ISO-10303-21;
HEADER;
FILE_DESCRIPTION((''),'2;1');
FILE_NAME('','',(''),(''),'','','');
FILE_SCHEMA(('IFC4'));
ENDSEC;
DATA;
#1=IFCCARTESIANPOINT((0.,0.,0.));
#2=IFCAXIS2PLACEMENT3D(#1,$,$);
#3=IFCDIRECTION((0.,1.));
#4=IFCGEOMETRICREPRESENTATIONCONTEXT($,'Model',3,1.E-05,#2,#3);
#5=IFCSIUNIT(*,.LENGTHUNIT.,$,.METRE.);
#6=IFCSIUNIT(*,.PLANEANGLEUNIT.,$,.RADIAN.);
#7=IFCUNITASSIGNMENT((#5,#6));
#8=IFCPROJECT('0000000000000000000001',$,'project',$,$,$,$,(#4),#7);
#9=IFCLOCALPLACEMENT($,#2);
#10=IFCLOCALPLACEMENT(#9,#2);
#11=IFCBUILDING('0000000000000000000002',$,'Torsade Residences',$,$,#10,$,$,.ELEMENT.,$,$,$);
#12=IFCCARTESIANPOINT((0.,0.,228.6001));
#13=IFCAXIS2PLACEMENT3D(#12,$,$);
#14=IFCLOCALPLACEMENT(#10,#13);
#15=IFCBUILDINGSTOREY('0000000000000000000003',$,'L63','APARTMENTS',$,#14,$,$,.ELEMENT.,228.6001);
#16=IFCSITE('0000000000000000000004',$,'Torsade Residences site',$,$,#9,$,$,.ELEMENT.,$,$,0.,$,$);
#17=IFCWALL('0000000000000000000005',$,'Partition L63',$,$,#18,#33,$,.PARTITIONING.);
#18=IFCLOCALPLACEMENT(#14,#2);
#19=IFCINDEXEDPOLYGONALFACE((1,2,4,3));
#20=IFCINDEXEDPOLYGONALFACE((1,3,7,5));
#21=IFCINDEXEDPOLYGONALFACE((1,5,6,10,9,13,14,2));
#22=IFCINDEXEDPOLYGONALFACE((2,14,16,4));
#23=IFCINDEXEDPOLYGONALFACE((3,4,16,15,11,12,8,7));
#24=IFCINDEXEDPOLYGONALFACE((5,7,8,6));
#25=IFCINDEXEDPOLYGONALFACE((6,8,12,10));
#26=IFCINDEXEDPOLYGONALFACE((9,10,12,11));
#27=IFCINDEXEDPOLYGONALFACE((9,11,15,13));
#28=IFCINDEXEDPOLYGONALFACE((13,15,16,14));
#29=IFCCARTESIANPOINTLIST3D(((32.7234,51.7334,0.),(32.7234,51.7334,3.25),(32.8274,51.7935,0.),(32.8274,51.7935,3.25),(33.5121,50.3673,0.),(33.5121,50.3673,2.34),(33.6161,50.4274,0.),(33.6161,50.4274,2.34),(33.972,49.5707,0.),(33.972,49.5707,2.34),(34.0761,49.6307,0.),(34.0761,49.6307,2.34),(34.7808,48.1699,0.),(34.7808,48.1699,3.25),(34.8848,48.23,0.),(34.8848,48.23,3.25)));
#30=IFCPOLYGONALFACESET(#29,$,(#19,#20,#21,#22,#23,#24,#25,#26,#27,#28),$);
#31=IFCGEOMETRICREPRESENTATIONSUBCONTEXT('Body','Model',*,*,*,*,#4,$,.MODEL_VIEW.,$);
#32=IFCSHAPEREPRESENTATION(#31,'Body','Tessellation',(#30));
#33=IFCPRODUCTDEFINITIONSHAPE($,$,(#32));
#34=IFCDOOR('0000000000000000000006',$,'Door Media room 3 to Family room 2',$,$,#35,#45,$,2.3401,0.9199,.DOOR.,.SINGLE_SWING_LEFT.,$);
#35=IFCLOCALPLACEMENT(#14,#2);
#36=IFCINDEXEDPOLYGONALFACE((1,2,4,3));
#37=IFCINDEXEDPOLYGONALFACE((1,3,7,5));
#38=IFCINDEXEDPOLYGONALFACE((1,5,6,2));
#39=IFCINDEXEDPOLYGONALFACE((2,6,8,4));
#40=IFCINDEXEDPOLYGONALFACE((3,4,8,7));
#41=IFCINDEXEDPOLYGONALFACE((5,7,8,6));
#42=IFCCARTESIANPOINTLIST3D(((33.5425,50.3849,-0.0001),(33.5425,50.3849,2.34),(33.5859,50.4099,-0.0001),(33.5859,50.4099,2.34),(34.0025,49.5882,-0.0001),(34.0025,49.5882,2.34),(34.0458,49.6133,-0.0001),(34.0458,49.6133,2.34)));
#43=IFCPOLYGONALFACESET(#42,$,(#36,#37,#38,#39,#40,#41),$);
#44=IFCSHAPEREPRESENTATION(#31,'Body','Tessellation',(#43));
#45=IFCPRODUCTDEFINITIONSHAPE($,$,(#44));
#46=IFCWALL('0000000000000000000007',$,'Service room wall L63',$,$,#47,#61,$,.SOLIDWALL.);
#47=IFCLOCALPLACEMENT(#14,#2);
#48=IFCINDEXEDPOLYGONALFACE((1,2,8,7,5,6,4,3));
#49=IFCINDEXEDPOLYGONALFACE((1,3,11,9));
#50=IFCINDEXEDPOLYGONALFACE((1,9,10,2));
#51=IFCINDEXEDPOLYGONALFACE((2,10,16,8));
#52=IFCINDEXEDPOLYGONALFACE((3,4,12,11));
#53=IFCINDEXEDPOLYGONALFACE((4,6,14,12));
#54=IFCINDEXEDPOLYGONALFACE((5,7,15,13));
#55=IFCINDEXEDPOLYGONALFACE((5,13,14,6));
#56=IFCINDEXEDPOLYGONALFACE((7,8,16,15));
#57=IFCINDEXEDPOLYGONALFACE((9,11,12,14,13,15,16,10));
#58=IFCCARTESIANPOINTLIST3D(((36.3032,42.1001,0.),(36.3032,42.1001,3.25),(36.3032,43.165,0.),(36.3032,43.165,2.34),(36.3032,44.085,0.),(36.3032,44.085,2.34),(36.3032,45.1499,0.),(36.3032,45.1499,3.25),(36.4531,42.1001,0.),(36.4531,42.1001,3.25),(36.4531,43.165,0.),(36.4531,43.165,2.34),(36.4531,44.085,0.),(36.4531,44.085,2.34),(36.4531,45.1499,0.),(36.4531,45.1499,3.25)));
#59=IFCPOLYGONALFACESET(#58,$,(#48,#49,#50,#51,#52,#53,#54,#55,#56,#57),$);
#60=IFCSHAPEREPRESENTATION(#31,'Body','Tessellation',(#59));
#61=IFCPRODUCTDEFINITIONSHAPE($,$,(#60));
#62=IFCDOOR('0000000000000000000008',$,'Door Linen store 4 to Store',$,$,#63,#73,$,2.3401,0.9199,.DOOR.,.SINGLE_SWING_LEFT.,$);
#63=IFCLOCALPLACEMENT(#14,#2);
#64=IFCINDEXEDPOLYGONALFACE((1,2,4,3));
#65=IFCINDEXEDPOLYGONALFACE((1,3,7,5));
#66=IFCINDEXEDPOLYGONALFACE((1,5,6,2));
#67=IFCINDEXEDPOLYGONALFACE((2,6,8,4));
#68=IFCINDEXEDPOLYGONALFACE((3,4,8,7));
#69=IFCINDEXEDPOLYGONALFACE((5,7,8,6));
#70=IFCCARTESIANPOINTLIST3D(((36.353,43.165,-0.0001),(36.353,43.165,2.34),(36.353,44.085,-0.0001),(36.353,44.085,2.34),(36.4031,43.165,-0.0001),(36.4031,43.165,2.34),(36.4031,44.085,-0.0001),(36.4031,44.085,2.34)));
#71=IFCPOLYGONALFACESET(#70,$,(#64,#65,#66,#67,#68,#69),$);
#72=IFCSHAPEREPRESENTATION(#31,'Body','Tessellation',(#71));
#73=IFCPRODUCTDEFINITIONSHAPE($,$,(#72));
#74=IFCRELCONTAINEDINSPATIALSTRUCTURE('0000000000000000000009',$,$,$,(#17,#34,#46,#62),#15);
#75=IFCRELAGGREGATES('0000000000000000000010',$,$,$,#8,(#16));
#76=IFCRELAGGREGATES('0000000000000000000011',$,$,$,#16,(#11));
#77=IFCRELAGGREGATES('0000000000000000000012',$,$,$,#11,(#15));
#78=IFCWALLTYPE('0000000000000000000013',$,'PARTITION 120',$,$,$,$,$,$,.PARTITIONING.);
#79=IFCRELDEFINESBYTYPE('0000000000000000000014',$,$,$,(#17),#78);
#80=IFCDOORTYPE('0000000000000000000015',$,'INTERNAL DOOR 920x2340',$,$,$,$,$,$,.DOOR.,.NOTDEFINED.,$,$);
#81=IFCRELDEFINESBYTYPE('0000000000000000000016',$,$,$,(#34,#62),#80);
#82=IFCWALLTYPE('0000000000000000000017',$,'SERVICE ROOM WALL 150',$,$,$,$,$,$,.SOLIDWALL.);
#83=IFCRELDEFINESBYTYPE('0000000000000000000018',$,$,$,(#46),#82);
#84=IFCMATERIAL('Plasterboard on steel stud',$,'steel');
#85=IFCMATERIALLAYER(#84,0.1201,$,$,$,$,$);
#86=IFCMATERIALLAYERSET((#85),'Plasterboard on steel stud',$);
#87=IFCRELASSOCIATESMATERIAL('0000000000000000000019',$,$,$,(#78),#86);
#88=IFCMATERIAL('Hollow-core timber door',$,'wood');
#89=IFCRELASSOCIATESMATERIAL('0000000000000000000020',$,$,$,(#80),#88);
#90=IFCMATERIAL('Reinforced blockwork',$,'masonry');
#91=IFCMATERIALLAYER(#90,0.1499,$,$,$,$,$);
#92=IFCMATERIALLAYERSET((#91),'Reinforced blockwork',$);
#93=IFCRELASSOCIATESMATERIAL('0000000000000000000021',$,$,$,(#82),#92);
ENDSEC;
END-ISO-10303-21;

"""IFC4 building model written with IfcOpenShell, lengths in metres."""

from ifc_helpers import new_model, si_unit, direction, frame, frame_2d, origin, place, context, subcontext, project, spatial, rectangle, extrude, material, layer, layer_set, type_object, element, fill, save


model = new_model("IFC4")

# Units and contexts
model_context = context("Model", 3, precision=1e-05, world=origin(), true_north=direction((0.0, 1.0)))
body_context = subcontext(model_context, "Body", "Model", "MODEL_VIEW")
ifc_project = project(units=[si_unit("LENGTHUNIT", "METRE"), si_unit("PLANEANGLEUNIT", "RADIAN")], contexts=[model_context])

# Site, building, storey
site_placement = place(None, origin())
site = spatial("IfcSite", under=ifc_project, at=site_placement, Name="Torsade Residences site", CompositionType="ELEMENT", RefElevation=0.0)
building_placement = place(site_placement, origin())
building = spatial("IfcBuilding", under=site, at=building_placement, Name="Torsade Residences", CompositionType="ELEMENT")
storey_placement = place(building_placement, frame((0.0, 0.0, 228.6001)))
storey = spatial("IfcBuildingStorey", under=building, at=storey_placement, Name="L63", Description="APARTMENTS", CompositionType="ELEMENT", Elevation=228.6001)

# Walls, openings, doors
ifc_material_1 = material(Name="Plasterboard on steel stud", Category="steel")
ifc_layer_1 = layer(ifc_material_1, 0.1201)
ifc_layer_set_1 = layer_set([ifc_layer_1], Name="Plasterboard on steel stud")
wall_type_1 = type_object("IfcWallType", Name="PARTITION 120", PredefinedType="PARTITIONING", material=ifc_layer_set_1)
wall_1_placement = place(storey_placement, frame((34.8328, 48.2, 0.0), z_axis=(0.0, 0.0, 1.0), x_axis=(-0.5, 0.866026, 0.0)))
wall_1 = element("IfcWall", 1, at=wall_1_placement, inside=storey, type_object=wall_type_1, Name="Partition L63", PredefinedType="PARTITIONING", context=body_context, shape_type="SweptSolid", body=[
    extrude(rectangle(XDim=4.1147, YDim=0.1201, at=frame_2d((2.0574, 0.0))), origin(), (0.0, 0.0, 1.0), 3.25),
])
opening_1_placement = place(wall_1_placement, frame((1.6174, 0.0, 0.0)))
opening_1 = element("IfcOpeningElement", 2, at=opening_1_placement, cuts=wall_1, PredefinedType="OPENING", context=body_context, shape_type="SweptSolid", body=[
    extrude(rectangle(XDim=0.9199, YDim=2.3401, at=frame_2d((0.46, 1.1699))), frame((0.0, 0.0701, 0.0), z_axis=(0.0, -1.0, 0.0), x_axis=(1.0, 0.0, 0.0)), (0.0, 0.0, 1.0), 0.1401),
])
ifc_material_2 = material(Name="Hollow-core timber door", Category="wood")
door_type_1 = type_object("IfcDoorType", Name="INTERNAL DOOR 920x2340", OperationType="NOTDEFINED", PredefinedType="DOOR", material=ifc_material_2)
door_1_placement = place(opening_1_placement, origin())
door_1 = element("IfcDoor", 3, at=door_1_placement, inside=storey, type_object=door_type_1, Name="Door Media room 3 to Family room 2", OperationType="SINGLE_SWING_LEFT", OverallHeight=2.3401, OverallWidth=0.9199, PredefinedType="DOOR", context=body_context, shape_type="SweptSolid", body=[
    extrude(rectangle(XDim=0.9199, YDim=2.3401, at=frame_2d((0.46, 1.1699))), frame((0.0, 0.0249, 0.0), z_axis=(0.0, -1.0, 0.0), x_axis=(1.0, 0.0, 0.0)), (0.0, 0.0, 1.0), 0.05),
])
fill(opening_1, door_1)
ifc_material_3 = material(Name="Reinforced blockwork", Category="masonry")
ifc_layer_2 = layer(ifc_material_3, 0.1499)
ifc_layer_set_2 = layer_set([ifc_layer_2], Name="Reinforced blockwork")
wall_type_2 = type_object("IfcWallType", Name="SERVICE ROOM WALL 150", PredefinedType="SOLIDWALL", material=ifc_layer_set_2)
wall_2_placement = place(storey_placement, frame((36.3782, 45.1499, 0.0), z_axis=(0.0, 0.0, 1.0), x_axis=(0.0, -1.0, 0.0)))
wall_2 = element("IfcWall", 4, at=wall_2_placement, inside=storey, type_object=wall_type_2, Name="Service room wall L63", PredefinedType="SOLIDWALL", context=body_context, shape_type="SweptSolid", body=[
    extrude(rectangle(XDim=3.0498, YDim=0.1499, at=frame_2d((1.5249, 0.0))), origin(), (0.0, 0.0, 1.0), 3.25),
])
opening_2_placement = place(wall_2_placement, frame((1.0649, 0.0, 0.0)))
opening_2 = element("IfcOpeningElement", 5, at=opening_2_placement, cuts=wall_2, PredefinedType="OPENING", context=body_context, shape_type="SweptSolid", body=[
    extrude(rectangle(XDim=0.9199, YDim=2.3401, at=frame_2d((0.46, 1.1699))), frame((0.0, 0.085, 0.0), z_axis=(0.0, -1.0, 0.0), x_axis=(1.0, 0.0, 0.0)), (0.0, 0.0, 1.0), 0.1699),
])
door_2_placement = place(opening_2_placement, origin())
door_2 = element("IfcDoor", 6, at=door_2_placement, inside=storey, type_object=door_type_1, Name="Door Linen store 4 to Store", OperationType="SINGLE_SWING_LEFT", OverallHeight=2.3401, OverallWidth=0.9199, PredefinedType="DOOR", context=body_context, shape_type="SweptSolid", body=[
    extrude(rectangle(XDim=0.9199, YDim=2.3401, at=frame_2d((0.46, 1.1699))), frame((0.0, 0.0249, 0.0), z_axis=(0.0, -1.0, 0.0), x_axis=(1.0, 0.0, 0.0)), (0.0, 0.0, 1.0), 0.05),
])
fill(opening_2, door_2)

save(model, "model.ifc")
